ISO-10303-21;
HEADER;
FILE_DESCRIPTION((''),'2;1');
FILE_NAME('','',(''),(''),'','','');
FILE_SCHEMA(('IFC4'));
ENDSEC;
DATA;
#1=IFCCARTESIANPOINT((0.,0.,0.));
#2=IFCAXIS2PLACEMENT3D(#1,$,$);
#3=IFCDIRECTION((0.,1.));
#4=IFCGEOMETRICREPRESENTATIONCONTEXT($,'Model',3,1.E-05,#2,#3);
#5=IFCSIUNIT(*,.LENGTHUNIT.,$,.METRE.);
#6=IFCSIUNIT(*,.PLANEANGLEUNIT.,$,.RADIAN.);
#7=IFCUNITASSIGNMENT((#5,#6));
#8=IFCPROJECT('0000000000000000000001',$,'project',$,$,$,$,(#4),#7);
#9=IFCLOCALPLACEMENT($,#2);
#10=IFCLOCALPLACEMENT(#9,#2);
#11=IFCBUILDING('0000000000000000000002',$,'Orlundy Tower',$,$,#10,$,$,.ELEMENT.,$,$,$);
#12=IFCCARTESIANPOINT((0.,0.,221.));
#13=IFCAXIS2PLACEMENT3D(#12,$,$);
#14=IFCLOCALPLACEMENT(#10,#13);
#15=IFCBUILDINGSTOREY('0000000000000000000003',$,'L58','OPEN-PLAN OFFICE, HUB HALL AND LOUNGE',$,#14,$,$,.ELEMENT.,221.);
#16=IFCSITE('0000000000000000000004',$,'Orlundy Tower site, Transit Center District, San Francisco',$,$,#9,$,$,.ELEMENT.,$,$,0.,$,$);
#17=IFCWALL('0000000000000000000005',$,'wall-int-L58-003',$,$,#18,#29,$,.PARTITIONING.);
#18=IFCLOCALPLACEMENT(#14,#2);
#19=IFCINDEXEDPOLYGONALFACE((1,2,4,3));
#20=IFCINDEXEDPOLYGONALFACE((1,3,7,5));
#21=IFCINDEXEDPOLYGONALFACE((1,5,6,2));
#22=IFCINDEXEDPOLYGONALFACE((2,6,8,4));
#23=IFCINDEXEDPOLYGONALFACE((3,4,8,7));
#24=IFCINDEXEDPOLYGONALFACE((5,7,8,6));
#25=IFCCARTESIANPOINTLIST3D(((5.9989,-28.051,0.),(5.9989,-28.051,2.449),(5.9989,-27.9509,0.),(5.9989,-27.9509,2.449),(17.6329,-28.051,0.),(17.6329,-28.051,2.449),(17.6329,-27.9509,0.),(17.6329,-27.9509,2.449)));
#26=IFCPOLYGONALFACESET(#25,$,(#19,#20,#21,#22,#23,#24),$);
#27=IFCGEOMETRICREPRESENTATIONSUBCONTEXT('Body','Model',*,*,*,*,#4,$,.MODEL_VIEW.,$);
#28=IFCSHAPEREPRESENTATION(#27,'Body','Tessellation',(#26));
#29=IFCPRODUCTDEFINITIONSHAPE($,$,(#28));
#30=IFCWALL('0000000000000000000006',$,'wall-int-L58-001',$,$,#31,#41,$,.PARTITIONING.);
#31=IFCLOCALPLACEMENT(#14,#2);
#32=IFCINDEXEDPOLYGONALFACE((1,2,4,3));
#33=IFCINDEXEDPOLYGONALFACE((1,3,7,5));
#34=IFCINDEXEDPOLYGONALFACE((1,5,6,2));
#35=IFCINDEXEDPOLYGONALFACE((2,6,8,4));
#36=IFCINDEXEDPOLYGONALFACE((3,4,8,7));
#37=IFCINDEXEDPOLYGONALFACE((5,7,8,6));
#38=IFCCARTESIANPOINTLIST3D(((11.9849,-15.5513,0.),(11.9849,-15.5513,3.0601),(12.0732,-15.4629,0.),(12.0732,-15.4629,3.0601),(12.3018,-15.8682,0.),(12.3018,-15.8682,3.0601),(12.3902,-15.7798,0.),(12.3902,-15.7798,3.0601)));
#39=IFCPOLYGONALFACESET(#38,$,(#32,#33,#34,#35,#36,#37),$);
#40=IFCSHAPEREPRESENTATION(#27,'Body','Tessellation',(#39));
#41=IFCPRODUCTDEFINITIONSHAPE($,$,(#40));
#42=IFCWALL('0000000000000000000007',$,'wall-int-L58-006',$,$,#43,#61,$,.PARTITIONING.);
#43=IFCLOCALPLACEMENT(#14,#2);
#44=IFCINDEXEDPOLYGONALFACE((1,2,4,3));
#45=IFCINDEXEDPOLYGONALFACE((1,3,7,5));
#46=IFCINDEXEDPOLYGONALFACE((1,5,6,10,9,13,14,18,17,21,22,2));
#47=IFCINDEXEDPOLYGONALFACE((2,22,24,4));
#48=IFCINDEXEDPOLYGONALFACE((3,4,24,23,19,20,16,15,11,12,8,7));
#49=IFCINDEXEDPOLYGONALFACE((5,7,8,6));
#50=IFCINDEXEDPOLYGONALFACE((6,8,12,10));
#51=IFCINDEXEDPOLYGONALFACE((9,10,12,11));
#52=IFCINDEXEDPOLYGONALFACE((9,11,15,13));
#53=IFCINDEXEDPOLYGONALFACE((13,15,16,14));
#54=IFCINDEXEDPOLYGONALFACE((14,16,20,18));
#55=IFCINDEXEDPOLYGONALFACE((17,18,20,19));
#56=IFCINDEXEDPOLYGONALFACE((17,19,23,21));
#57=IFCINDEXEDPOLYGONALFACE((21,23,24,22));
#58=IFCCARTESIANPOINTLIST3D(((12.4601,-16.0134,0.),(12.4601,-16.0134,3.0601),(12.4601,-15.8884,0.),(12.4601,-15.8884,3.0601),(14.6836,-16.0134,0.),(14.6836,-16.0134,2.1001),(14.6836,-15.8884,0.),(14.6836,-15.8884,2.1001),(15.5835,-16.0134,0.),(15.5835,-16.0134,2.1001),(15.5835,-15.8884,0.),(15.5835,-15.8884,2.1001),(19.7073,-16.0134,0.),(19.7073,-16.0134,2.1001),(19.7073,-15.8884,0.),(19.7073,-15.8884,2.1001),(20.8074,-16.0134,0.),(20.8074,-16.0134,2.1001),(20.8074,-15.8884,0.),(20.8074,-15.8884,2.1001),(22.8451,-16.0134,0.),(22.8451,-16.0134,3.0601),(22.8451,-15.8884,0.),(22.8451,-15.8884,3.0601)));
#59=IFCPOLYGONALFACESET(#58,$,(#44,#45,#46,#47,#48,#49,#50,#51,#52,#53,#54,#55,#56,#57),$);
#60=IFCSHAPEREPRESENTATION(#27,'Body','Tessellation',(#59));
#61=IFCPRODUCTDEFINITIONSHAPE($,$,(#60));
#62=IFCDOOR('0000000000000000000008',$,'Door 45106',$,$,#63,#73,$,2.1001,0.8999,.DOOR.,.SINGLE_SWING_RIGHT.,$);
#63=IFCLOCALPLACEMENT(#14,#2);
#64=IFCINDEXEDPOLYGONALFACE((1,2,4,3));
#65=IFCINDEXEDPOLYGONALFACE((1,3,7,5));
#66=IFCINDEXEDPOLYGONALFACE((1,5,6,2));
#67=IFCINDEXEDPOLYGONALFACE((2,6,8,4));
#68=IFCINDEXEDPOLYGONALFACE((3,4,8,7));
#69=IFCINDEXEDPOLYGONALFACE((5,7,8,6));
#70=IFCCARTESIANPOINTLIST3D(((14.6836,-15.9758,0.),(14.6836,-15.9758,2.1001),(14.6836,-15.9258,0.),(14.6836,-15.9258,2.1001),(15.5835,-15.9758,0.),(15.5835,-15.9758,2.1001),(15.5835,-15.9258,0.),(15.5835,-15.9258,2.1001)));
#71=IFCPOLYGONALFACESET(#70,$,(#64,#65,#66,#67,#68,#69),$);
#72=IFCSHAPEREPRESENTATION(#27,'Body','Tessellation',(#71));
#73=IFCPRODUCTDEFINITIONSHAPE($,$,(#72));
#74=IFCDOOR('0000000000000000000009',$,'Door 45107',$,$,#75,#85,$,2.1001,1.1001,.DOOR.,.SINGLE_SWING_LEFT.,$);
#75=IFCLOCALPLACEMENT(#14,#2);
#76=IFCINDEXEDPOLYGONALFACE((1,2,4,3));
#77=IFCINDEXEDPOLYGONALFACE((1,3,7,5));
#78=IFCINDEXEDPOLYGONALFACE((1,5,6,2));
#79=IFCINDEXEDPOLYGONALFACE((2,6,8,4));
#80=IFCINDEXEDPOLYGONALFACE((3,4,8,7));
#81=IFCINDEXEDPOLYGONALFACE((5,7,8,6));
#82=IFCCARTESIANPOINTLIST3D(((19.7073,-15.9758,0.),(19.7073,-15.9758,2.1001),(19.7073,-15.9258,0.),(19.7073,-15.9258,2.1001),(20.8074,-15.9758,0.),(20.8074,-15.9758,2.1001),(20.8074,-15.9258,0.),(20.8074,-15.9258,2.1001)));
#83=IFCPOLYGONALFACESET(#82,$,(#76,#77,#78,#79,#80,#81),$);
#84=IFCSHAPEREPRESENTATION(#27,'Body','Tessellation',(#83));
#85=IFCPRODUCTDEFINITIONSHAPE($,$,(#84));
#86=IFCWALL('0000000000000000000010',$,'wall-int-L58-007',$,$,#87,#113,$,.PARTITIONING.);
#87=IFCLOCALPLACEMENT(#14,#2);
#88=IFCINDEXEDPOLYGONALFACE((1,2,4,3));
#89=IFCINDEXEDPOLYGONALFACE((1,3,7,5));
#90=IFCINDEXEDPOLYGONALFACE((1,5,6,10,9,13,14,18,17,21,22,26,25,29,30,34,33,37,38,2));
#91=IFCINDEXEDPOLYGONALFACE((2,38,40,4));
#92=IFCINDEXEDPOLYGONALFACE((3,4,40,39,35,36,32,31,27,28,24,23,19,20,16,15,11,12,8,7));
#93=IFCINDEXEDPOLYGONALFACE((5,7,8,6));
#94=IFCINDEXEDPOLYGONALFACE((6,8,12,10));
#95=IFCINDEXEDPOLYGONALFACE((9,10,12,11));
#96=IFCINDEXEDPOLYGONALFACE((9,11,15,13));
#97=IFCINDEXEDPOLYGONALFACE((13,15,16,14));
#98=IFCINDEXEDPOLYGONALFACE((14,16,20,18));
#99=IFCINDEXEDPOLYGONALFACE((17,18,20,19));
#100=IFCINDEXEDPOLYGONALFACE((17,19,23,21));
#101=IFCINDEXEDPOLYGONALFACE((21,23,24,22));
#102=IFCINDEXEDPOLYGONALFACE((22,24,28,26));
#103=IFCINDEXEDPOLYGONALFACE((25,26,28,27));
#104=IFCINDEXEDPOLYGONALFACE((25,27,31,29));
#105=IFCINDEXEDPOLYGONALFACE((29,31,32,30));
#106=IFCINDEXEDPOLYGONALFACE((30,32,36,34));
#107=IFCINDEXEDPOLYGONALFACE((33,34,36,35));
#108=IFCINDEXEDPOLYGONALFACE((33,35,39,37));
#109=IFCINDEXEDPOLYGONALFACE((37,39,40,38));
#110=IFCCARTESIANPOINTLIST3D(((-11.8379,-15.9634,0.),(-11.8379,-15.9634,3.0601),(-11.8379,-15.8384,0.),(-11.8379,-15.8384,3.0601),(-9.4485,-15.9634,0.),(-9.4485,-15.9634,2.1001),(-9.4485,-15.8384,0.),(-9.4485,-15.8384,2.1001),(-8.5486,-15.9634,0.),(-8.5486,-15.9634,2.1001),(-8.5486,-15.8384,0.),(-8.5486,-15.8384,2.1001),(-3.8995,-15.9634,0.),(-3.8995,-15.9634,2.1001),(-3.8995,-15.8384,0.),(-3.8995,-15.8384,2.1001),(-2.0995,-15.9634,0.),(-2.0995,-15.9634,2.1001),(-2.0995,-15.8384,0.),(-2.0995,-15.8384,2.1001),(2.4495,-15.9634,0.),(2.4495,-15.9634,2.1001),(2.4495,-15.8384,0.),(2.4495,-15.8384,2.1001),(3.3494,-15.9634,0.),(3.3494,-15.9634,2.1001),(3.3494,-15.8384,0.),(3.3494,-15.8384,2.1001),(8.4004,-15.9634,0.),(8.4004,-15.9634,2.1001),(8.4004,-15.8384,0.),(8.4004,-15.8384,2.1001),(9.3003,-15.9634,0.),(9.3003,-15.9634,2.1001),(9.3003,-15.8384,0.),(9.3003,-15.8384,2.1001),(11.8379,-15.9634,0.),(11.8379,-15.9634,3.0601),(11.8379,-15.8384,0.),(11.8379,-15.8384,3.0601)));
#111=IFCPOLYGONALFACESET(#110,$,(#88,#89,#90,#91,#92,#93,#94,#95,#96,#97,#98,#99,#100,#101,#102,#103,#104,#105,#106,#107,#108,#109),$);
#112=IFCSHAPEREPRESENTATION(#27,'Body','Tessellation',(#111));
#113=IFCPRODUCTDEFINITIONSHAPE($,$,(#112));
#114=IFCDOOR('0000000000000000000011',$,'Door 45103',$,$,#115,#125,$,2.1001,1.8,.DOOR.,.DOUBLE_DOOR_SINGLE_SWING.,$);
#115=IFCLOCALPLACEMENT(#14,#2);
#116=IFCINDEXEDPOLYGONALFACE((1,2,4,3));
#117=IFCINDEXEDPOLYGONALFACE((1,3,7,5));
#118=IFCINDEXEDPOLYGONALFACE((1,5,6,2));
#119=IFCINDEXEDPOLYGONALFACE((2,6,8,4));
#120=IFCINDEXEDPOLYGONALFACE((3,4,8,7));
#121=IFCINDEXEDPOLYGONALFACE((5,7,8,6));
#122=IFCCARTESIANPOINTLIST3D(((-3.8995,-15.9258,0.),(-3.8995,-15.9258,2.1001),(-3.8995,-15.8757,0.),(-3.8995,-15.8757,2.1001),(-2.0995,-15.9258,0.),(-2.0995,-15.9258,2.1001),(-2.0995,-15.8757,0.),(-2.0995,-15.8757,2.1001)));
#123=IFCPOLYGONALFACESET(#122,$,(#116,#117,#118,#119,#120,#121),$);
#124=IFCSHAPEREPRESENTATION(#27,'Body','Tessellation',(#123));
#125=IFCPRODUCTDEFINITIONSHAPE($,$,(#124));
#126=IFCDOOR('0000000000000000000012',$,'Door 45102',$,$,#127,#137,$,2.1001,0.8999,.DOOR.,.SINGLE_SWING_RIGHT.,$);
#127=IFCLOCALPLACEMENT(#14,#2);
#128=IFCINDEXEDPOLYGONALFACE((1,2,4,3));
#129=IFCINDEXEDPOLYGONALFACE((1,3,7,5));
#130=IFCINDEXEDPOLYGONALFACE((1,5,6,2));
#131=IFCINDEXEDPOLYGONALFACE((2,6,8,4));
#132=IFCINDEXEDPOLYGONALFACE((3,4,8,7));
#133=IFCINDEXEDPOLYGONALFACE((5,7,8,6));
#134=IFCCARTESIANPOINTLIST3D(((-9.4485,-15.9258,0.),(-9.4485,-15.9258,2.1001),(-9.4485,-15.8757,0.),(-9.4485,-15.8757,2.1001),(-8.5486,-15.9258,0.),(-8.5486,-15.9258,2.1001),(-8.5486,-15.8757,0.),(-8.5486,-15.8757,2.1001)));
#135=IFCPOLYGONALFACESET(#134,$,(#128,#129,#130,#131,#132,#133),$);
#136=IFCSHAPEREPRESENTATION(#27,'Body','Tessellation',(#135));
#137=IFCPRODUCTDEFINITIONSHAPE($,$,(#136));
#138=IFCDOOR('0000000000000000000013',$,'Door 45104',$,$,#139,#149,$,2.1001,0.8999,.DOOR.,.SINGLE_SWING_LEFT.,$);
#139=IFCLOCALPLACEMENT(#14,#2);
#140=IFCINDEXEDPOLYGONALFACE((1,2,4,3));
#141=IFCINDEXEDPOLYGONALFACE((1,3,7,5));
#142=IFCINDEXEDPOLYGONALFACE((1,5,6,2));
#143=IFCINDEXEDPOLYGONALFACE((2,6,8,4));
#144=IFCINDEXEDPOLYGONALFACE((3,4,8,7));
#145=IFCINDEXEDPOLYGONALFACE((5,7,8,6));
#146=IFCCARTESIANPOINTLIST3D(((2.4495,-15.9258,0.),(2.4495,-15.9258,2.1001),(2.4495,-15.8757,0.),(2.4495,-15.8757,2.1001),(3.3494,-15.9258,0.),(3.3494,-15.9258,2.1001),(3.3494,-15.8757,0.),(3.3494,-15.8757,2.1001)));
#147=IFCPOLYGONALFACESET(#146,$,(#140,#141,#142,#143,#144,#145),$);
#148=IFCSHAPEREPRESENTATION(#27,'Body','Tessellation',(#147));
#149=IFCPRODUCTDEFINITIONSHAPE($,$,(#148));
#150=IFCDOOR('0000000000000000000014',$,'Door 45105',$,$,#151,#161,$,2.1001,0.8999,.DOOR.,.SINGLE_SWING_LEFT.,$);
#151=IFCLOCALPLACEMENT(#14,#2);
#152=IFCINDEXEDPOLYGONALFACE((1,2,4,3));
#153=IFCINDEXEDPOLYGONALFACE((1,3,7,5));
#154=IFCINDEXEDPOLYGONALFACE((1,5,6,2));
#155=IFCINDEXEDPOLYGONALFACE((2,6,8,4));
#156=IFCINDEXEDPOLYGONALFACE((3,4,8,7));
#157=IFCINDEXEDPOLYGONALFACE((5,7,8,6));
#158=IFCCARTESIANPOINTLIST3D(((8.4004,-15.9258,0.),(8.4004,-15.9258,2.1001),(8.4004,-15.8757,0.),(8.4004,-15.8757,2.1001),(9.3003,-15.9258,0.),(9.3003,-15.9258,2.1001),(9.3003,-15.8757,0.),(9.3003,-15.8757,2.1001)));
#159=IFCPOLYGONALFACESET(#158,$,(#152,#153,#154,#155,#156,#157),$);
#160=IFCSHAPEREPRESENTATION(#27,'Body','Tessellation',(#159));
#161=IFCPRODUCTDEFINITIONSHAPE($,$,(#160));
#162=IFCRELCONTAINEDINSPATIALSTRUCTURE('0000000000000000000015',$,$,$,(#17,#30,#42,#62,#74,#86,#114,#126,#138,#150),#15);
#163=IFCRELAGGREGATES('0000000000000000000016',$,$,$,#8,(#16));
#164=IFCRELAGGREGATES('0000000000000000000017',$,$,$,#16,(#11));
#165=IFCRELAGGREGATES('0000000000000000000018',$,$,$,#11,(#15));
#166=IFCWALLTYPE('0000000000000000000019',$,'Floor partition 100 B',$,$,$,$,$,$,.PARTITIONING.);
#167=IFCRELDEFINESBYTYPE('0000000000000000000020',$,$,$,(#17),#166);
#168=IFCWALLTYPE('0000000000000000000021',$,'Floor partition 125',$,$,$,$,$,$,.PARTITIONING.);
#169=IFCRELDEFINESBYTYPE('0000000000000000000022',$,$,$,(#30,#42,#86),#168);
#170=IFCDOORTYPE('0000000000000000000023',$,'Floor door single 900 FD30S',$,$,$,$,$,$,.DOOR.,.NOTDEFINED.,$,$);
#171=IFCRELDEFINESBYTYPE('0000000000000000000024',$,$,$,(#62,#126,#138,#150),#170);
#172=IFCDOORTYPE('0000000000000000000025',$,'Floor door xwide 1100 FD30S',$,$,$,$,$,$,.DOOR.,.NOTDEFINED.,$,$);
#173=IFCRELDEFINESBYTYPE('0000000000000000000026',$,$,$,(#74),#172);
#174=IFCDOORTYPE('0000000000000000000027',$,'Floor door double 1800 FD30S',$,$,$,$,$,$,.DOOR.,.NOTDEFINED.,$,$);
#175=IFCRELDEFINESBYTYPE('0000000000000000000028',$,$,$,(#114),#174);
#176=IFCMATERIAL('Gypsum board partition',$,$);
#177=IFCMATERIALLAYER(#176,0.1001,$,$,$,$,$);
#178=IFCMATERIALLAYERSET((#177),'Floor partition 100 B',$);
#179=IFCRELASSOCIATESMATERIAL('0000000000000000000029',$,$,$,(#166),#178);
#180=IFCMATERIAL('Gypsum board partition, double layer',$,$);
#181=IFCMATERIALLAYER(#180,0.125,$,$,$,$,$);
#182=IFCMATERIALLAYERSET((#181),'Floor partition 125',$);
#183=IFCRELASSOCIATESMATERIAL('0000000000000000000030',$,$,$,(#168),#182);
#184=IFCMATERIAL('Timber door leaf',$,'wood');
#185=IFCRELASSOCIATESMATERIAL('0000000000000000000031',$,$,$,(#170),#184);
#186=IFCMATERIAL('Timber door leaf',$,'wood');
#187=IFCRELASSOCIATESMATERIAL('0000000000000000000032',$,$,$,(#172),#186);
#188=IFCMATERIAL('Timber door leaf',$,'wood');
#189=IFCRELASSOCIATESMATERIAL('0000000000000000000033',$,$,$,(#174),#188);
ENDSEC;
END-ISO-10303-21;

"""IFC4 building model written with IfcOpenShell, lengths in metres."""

from ifc_helpers import new_model, si_unit, direction, frame, frame_2d, origin, place, context, subcontext, project, spatial, rectangle, extrude, material, layer, layer_set, type_object, element, fill, save


model = new_model("IFC4")

# Units and contexts
model_context = context("Model", 3, precision=1e-05, world=origin(), true_north=direction((0.0, 1.0)))
body_context = subcontext(model_context, "Body", "Model", "MODEL_VIEW")
ifc_project = project(units=[si_unit("LENGTHUNIT", "METRE"), si_unit("PLANEANGLEUNIT", "RADIAN")], contexts=[model_context])

# Site, building, storey
site_placement = place(None, origin())
site = spatial("IfcSite", under=ifc_project, at=site_placement, Name="Orlundy Tower site, Transit Center District, San Francisco", CompositionType="ELEMENT", RefElevation=0.0)
building_placement = place(site_placement, origin())
building = spatial("IfcBuilding", under=site, at=building_placement, Name="Orlundy Tower", CompositionType="ELEMENT")
storey_placement = place(building_placement, frame((0.0, 0.0, 221.0)))
storey = spatial("IfcBuildingStorey", under=building, at=storey_placement, Name="L58", Description="OPEN-PLAN OFFICE, HUB HALL AND LOUNGE", CompositionType="ELEMENT", Elevation=221.0)

# Walls
ifc_material_1 = material(Name="Gypsum board partition")
ifc_layer_1 = layer(ifc_material_1, 0.1001)
ifc_layer_set_1 = layer_set([ifc_layer_1], Name="Floor partition 100 B")
wall_type_1 = type_object("IfcWallType", Name="Floor partition 100 B", PredefinedType="PARTITIONING", material=ifc_layer_set_1)
wall_1_placement = place(storey_placement, frame((5.999, -28.001, 0.0), z_axis=(0.0, 0.0, 1.0), x_axis=(1.0, 0.0, 0.0)))
element("IfcWall", 1, at=wall_1_placement, inside=storey, type_object=wall_type_1, Name="wall-int-L58-003", PredefinedType="PARTITIONING", context=body_context, shape_type="SweptSolid", body=[
    extrude(rectangle(XDim=11.634, YDim=0.1001, at=frame_2d((5.8169, 0.0))), origin(), (0.0, 0.0, 1.0), 2.449),
])
ifc_material_2 = material(Name="Gypsum board partition, double layer")
ifc_layer_2 = layer(ifc_material_2, 0.125)
ifc_layer_set_2 = layer_set([ifc_layer_2], Name="Floor partition 125")
wall_type_2 = type_object("IfcWallType", Name="Floor partition 125", PredefinedType="PARTITIONING", material=ifc_layer_set_2)
wall_2_placement = place(storey_placement, frame((12.0291, -15.5071, 0.0), z_axis=(0.0, 0.0, 1.0), x_axis=(0.707107, -0.707107, 0.0)))
element("IfcWall", 2, at=wall_2_placement, inside=storey, type_object=wall_type_2, Name="wall-int-L58-001", PredefinedType="PARTITIONING", context=body_context, shape_type="SweptSolid", body=[
    extrude(rectangle(XDim=0.4482, YDim=0.125, at=frame_2d((0.2241, 0.0))), origin(), (0.0, 0.0, 1.0), 3.0601),
])

# Walls, openings, doors
wall_3_placement = place(storey_placement, frame((22.845, -15.9509, 0.0), z_axis=(0.0, 0.0, 1.0), x_axis=(-1.0, 0.0, 0.0)))
wall_3 = element("IfcWall", 3, at=wall_3_placement, inside=storey, type_object=wall_type_2, Name="wall-int-L58-006", PredefinedType="PARTITIONING", context=body_context, shape_type="SweptSolid", body=[
    extrude(rectangle(XDim=10.385, YDim=0.125, at=frame_2d((5.1924, 0.0))), origin(), (0.0, 0.0, 1.0), 3.0601),
])
opening_1_placement = place(wall_3_placement, frame((7.2615, 0.0, 0.0)))
opening_1 = element("IfcOpeningElement", 4, at=opening_1_placement, cuts=wall_3, PredefinedType="OPENING", context=body_context, shape_type="SweptSolid", body=[
    extrude(rectangle(XDim=0.8999, YDim=2.1001, at=frame_2d((0.45, 1.05))), frame((0.0, 0.0725, 0.0), z_axis=(0.0, -1.0, 0.0), x_axis=(1.0, 0.0, 0.0)), (0.0, 0.0, 1.0), 0.145),
])
opening_2_placement = place(wall_3_placement, frame((2.0376, 0.0, 0.0)))
opening_2 = element("IfcOpeningElement", 5, at=opening_2_placement, cuts=wall_3, PredefinedType="OPENING", context=body_context, shape_type="SweptSolid", body=[
    extrude(rectangle(XDim=1.1001, YDim=2.1001, at=frame_2d((0.55, 1.05))), frame((0.0, 0.0725, 0.0), z_axis=(0.0, -1.0, 0.0), x_axis=(1.0, 0.0, 0.0)), (0.0, 0.0, 1.0), 0.145),
])
ifc_material_3 = material(Name="Timber door leaf", Category="wood")
door_type_1 = type_object("IfcDoorType", Name="Floor door single 900 FD30S", OperationType="NOTDEFINED", PredefinedType="DOOR", material=ifc_material_3)
door_1_placement = place(opening_1_placement, origin())
door_1 = element("IfcDoor", 6, at=door_1_placement, inside=storey, type_object=door_type_1, Name="Door 45106", OperationType="SINGLE_SWING_RIGHT", OverallHeight=2.1001, OverallWidth=0.8999, PredefinedType="DOOR", context=body_context, shape_type="SweptSolid", body=[
    extrude(rectangle(XDim=0.8999, YDim=2.1001, at=frame_2d((0.45, 1.05))), frame((0.0, 0.0249, 0.0), z_axis=(0.0, -1.0, 0.0), x_axis=(1.0, 0.0, 0.0)), (0.0, 0.0, 1.0), 0.05),
])
fill(opening_1, door_1)
ifc_material_4 = material(Name="Timber door leaf", Category="wood")
door_type_2 = type_object("IfcDoorType", Name="Floor door xwide 1100 FD30S", OperationType="NOTDEFINED", PredefinedType="DOOR", material=ifc_material_4)
door_2_placement = place(opening_2_placement, origin())
door_2 = element("IfcDoor", 7, at=door_2_placement, inside=storey, type_object=door_type_2, Name="Door 45107", OperationType="SINGLE_SWING_LEFT", OverallHeight=2.1001, OverallWidth=1.1001, PredefinedType="DOOR", context=body_context, shape_type="SweptSolid", body=[
    extrude(rectangle(XDim=1.1001, YDim=2.1001, at=frame_2d((0.55, 1.05))), frame((0.0, 0.0249, 0.0), z_axis=(0.0, -1.0, 0.0), x_axis=(1.0, 0.0, 0.0)), (0.0, 0.0, 1.0), 0.05),
])
fill(opening_2, door_2)
wall_4_placement = place(storey_placement, frame((11.8379, -15.9009, 0.0), z_axis=(0.0, 0.0, 1.0), x_axis=(-1.0, 0.0, 0.0)))
wall_4 = element("IfcWall", 8, at=wall_4_placement, inside=storey, type_object=wall_type_2, Name="wall-int-L58-007", PredefinedType="PARTITIONING", context=body_context, shape_type="SweptSolid", body=[
    extrude(rectangle(XDim=23.6758, YDim=0.125, at=frame_2d((11.8379, 0.0))), origin(), (0.0, 0.0, 1.0), 3.0601),
])
opening_3_placement = place(wall_4_placement, frame((20.3865, 0.0, 0.0)))
opening_3 = element("IfcOpeningElement", 9, at=opening_3_placement, cuts=wall_4, PredefinedType="OPENING", context=body_context, shape_type="SweptSolid", body=[
    extrude(rectangle(XDim=0.8999, YDim=2.1001, at=frame_2d((0.45, 1.05))), frame((0.0, 0.0725, 0.0), z_axis=(0.0, -1.0, 0.0), x_axis=(1.0, 0.0, 0.0)), (0.0, 0.0, 1.0), 0.145),
])
opening_4_placement = place(wall_4_placement, frame((13.9375, 0.0, 0.0)))
opening_4 = element("IfcOpeningElement", 10, at=opening_4_placement, cuts=wall_4, PredefinedType="OPENING", context=body_context, shape_type="SweptSolid", body=[
    extrude(rectangle(XDim=1.8, YDim=2.1001, at=frame_2d((0.8999, 1.05))), frame((0.0, 0.0725, 0.0), z_axis=(0.0, -1.0, 0.0), x_axis=(1.0, 0.0, 0.0)), (0.0, 0.0, 1.0), 0.145),
])
opening_5_placement = place(wall_4_placement, frame((8.4885, 0.0, 0.0)))
opening_5 = element("IfcOpeningElement", 11, at=opening_5_placement, cuts=wall_4, PredefinedType="OPENING", context=body_context, shape_type="SweptSolid", body=[
    extrude(rectangle(XDim=0.8999, YDim=2.1001, at=frame_2d((0.45, 1.05))), frame((0.0, 0.0725, 0.0), z_axis=(0.0, -1.0, 0.0), x_axis=(1.0, 0.0, 0.0)), (0.0, 0.0, 1.0), 0.145),
])
opening_6_placement = place(wall_4_placement, frame((2.5376, 0.0, 0.0)))
opening_6 = element("IfcOpeningElement", 12, at=opening_6_placement, cuts=wall_4, PredefinedType="OPENING", context=body_context, shape_type="SweptSolid", body=[
    extrude(rectangle(XDim=0.8999, YDim=2.1001, at=frame_2d((0.45, 1.05))), frame((0.0, 0.0725, 0.0), z_axis=(0.0, -1.0, 0.0), x_axis=(1.0, 0.0, 0.0)), (0.0, 0.0, 1.0), 0.145),
])
ifc_material_5 = material(Name="Timber door leaf", Category="wood")
door_type_3 = type_object("IfcDoorType", Name="Floor door double 1800 FD30S", OperationType="NOTDEFINED", PredefinedType="DOOR", material=ifc_material_5)
door_3_placement = place(opening_4_placement, origin())
door_3 = element("IfcDoor", 13, at=door_3_placement, inside=storey, type_object=door_type_3, Name="Door 45103", OperationType="DOUBLE_DOOR_SINGLE_SWING", OverallHeight=2.1001, OverallWidth=1.8, PredefinedType="DOOR", context=body_context, shape_type="SweptSolid", body=[
    extrude(rectangle(XDim=1.8, YDim=2.1001, at=frame_2d((0.8999, 1.05))), frame((0.0, 0.0249, 0.0), z_axis=(0.0, -1.0, 0.0), x_axis=(1.0, 0.0, 0.0)), (0.0, 0.0, 1.0), 0.05),
])
fill(opening_4, door_3)
door_4_placement = place(opening_3_placement, origin())
door_4 = element("IfcDoor", 14, at=door_4_placement, inside=storey, type_object=door_type_1, Name="Door 45102", OperationType="SINGLE_SWING_RIGHT", OverallHeight=2.1001, OverallWidth=0.8999, PredefinedType="DOOR", context=body_context, shape_type="SweptSolid", body=[
    extrude(rectangle(XDim=0.8999, YDim=2.1001, at=frame_2d((0.45, 1.05))), frame((0.0, 0.0249, 0.0), z_axis=(0.0, -1.0, 0.0), x_axis=(1.0, 0.0, 0.0)), (0.0, 0.0, 1.0), 0.05),
])
fill(opening_3, door_4)
door_5_placement = place(opening_5_placement, origin())
door_5 = element("IfcDoor", 15, at=door_5_placement, inside=storey, type_object=door_type_1, Name="Door 45104", OperationType="SINGLE_SWING_LEFT", OverallHeight=2.1001, OverallWidth=0.8999, PredefinedType="DOOR", context=body_context, shape_type="SweptSolid", body=[
    extrude(rectangle(XDim=0.8999, YDim=2.1001, at=frame_2d((0.45, 1.05))), frame((0.0, 0.0249, 0.0), z_axis=(0.0, -1.0, 0.0), x_axis=(1.0, 0.0, 0.0)), (0.0, 0.0, 1.0), 0.05),
])
fill(opening_5, door_5)
door_6_placement = place(opening_6_placement, origin())
door_6 = element("IfcDoor", 16, at=door_6_placement, inside=storey, type_object=door_type_1, Name="Door 45105", OperationType="SINGLE_SWING_LEFT", OverallHeight=2.1001, OverallWidth=0.8999, PredefinedType="DOOR", context=body_context, shape_type="SweptSolid", body=[
    extrude(rectangle(XDim=0.8999, YDim=2.1001, at=frame_2d((0.45, 1.05))), frame((0.0, 0.0249, 0.0), z_axis=(0.0, -1.0, 0.0), x_axis=(1.0, 0.0, 0.0)), (0.0, 0.0, 1.0), 0.05),
])
fill(opening_6, door_6)

save(model, "model.ifc")
